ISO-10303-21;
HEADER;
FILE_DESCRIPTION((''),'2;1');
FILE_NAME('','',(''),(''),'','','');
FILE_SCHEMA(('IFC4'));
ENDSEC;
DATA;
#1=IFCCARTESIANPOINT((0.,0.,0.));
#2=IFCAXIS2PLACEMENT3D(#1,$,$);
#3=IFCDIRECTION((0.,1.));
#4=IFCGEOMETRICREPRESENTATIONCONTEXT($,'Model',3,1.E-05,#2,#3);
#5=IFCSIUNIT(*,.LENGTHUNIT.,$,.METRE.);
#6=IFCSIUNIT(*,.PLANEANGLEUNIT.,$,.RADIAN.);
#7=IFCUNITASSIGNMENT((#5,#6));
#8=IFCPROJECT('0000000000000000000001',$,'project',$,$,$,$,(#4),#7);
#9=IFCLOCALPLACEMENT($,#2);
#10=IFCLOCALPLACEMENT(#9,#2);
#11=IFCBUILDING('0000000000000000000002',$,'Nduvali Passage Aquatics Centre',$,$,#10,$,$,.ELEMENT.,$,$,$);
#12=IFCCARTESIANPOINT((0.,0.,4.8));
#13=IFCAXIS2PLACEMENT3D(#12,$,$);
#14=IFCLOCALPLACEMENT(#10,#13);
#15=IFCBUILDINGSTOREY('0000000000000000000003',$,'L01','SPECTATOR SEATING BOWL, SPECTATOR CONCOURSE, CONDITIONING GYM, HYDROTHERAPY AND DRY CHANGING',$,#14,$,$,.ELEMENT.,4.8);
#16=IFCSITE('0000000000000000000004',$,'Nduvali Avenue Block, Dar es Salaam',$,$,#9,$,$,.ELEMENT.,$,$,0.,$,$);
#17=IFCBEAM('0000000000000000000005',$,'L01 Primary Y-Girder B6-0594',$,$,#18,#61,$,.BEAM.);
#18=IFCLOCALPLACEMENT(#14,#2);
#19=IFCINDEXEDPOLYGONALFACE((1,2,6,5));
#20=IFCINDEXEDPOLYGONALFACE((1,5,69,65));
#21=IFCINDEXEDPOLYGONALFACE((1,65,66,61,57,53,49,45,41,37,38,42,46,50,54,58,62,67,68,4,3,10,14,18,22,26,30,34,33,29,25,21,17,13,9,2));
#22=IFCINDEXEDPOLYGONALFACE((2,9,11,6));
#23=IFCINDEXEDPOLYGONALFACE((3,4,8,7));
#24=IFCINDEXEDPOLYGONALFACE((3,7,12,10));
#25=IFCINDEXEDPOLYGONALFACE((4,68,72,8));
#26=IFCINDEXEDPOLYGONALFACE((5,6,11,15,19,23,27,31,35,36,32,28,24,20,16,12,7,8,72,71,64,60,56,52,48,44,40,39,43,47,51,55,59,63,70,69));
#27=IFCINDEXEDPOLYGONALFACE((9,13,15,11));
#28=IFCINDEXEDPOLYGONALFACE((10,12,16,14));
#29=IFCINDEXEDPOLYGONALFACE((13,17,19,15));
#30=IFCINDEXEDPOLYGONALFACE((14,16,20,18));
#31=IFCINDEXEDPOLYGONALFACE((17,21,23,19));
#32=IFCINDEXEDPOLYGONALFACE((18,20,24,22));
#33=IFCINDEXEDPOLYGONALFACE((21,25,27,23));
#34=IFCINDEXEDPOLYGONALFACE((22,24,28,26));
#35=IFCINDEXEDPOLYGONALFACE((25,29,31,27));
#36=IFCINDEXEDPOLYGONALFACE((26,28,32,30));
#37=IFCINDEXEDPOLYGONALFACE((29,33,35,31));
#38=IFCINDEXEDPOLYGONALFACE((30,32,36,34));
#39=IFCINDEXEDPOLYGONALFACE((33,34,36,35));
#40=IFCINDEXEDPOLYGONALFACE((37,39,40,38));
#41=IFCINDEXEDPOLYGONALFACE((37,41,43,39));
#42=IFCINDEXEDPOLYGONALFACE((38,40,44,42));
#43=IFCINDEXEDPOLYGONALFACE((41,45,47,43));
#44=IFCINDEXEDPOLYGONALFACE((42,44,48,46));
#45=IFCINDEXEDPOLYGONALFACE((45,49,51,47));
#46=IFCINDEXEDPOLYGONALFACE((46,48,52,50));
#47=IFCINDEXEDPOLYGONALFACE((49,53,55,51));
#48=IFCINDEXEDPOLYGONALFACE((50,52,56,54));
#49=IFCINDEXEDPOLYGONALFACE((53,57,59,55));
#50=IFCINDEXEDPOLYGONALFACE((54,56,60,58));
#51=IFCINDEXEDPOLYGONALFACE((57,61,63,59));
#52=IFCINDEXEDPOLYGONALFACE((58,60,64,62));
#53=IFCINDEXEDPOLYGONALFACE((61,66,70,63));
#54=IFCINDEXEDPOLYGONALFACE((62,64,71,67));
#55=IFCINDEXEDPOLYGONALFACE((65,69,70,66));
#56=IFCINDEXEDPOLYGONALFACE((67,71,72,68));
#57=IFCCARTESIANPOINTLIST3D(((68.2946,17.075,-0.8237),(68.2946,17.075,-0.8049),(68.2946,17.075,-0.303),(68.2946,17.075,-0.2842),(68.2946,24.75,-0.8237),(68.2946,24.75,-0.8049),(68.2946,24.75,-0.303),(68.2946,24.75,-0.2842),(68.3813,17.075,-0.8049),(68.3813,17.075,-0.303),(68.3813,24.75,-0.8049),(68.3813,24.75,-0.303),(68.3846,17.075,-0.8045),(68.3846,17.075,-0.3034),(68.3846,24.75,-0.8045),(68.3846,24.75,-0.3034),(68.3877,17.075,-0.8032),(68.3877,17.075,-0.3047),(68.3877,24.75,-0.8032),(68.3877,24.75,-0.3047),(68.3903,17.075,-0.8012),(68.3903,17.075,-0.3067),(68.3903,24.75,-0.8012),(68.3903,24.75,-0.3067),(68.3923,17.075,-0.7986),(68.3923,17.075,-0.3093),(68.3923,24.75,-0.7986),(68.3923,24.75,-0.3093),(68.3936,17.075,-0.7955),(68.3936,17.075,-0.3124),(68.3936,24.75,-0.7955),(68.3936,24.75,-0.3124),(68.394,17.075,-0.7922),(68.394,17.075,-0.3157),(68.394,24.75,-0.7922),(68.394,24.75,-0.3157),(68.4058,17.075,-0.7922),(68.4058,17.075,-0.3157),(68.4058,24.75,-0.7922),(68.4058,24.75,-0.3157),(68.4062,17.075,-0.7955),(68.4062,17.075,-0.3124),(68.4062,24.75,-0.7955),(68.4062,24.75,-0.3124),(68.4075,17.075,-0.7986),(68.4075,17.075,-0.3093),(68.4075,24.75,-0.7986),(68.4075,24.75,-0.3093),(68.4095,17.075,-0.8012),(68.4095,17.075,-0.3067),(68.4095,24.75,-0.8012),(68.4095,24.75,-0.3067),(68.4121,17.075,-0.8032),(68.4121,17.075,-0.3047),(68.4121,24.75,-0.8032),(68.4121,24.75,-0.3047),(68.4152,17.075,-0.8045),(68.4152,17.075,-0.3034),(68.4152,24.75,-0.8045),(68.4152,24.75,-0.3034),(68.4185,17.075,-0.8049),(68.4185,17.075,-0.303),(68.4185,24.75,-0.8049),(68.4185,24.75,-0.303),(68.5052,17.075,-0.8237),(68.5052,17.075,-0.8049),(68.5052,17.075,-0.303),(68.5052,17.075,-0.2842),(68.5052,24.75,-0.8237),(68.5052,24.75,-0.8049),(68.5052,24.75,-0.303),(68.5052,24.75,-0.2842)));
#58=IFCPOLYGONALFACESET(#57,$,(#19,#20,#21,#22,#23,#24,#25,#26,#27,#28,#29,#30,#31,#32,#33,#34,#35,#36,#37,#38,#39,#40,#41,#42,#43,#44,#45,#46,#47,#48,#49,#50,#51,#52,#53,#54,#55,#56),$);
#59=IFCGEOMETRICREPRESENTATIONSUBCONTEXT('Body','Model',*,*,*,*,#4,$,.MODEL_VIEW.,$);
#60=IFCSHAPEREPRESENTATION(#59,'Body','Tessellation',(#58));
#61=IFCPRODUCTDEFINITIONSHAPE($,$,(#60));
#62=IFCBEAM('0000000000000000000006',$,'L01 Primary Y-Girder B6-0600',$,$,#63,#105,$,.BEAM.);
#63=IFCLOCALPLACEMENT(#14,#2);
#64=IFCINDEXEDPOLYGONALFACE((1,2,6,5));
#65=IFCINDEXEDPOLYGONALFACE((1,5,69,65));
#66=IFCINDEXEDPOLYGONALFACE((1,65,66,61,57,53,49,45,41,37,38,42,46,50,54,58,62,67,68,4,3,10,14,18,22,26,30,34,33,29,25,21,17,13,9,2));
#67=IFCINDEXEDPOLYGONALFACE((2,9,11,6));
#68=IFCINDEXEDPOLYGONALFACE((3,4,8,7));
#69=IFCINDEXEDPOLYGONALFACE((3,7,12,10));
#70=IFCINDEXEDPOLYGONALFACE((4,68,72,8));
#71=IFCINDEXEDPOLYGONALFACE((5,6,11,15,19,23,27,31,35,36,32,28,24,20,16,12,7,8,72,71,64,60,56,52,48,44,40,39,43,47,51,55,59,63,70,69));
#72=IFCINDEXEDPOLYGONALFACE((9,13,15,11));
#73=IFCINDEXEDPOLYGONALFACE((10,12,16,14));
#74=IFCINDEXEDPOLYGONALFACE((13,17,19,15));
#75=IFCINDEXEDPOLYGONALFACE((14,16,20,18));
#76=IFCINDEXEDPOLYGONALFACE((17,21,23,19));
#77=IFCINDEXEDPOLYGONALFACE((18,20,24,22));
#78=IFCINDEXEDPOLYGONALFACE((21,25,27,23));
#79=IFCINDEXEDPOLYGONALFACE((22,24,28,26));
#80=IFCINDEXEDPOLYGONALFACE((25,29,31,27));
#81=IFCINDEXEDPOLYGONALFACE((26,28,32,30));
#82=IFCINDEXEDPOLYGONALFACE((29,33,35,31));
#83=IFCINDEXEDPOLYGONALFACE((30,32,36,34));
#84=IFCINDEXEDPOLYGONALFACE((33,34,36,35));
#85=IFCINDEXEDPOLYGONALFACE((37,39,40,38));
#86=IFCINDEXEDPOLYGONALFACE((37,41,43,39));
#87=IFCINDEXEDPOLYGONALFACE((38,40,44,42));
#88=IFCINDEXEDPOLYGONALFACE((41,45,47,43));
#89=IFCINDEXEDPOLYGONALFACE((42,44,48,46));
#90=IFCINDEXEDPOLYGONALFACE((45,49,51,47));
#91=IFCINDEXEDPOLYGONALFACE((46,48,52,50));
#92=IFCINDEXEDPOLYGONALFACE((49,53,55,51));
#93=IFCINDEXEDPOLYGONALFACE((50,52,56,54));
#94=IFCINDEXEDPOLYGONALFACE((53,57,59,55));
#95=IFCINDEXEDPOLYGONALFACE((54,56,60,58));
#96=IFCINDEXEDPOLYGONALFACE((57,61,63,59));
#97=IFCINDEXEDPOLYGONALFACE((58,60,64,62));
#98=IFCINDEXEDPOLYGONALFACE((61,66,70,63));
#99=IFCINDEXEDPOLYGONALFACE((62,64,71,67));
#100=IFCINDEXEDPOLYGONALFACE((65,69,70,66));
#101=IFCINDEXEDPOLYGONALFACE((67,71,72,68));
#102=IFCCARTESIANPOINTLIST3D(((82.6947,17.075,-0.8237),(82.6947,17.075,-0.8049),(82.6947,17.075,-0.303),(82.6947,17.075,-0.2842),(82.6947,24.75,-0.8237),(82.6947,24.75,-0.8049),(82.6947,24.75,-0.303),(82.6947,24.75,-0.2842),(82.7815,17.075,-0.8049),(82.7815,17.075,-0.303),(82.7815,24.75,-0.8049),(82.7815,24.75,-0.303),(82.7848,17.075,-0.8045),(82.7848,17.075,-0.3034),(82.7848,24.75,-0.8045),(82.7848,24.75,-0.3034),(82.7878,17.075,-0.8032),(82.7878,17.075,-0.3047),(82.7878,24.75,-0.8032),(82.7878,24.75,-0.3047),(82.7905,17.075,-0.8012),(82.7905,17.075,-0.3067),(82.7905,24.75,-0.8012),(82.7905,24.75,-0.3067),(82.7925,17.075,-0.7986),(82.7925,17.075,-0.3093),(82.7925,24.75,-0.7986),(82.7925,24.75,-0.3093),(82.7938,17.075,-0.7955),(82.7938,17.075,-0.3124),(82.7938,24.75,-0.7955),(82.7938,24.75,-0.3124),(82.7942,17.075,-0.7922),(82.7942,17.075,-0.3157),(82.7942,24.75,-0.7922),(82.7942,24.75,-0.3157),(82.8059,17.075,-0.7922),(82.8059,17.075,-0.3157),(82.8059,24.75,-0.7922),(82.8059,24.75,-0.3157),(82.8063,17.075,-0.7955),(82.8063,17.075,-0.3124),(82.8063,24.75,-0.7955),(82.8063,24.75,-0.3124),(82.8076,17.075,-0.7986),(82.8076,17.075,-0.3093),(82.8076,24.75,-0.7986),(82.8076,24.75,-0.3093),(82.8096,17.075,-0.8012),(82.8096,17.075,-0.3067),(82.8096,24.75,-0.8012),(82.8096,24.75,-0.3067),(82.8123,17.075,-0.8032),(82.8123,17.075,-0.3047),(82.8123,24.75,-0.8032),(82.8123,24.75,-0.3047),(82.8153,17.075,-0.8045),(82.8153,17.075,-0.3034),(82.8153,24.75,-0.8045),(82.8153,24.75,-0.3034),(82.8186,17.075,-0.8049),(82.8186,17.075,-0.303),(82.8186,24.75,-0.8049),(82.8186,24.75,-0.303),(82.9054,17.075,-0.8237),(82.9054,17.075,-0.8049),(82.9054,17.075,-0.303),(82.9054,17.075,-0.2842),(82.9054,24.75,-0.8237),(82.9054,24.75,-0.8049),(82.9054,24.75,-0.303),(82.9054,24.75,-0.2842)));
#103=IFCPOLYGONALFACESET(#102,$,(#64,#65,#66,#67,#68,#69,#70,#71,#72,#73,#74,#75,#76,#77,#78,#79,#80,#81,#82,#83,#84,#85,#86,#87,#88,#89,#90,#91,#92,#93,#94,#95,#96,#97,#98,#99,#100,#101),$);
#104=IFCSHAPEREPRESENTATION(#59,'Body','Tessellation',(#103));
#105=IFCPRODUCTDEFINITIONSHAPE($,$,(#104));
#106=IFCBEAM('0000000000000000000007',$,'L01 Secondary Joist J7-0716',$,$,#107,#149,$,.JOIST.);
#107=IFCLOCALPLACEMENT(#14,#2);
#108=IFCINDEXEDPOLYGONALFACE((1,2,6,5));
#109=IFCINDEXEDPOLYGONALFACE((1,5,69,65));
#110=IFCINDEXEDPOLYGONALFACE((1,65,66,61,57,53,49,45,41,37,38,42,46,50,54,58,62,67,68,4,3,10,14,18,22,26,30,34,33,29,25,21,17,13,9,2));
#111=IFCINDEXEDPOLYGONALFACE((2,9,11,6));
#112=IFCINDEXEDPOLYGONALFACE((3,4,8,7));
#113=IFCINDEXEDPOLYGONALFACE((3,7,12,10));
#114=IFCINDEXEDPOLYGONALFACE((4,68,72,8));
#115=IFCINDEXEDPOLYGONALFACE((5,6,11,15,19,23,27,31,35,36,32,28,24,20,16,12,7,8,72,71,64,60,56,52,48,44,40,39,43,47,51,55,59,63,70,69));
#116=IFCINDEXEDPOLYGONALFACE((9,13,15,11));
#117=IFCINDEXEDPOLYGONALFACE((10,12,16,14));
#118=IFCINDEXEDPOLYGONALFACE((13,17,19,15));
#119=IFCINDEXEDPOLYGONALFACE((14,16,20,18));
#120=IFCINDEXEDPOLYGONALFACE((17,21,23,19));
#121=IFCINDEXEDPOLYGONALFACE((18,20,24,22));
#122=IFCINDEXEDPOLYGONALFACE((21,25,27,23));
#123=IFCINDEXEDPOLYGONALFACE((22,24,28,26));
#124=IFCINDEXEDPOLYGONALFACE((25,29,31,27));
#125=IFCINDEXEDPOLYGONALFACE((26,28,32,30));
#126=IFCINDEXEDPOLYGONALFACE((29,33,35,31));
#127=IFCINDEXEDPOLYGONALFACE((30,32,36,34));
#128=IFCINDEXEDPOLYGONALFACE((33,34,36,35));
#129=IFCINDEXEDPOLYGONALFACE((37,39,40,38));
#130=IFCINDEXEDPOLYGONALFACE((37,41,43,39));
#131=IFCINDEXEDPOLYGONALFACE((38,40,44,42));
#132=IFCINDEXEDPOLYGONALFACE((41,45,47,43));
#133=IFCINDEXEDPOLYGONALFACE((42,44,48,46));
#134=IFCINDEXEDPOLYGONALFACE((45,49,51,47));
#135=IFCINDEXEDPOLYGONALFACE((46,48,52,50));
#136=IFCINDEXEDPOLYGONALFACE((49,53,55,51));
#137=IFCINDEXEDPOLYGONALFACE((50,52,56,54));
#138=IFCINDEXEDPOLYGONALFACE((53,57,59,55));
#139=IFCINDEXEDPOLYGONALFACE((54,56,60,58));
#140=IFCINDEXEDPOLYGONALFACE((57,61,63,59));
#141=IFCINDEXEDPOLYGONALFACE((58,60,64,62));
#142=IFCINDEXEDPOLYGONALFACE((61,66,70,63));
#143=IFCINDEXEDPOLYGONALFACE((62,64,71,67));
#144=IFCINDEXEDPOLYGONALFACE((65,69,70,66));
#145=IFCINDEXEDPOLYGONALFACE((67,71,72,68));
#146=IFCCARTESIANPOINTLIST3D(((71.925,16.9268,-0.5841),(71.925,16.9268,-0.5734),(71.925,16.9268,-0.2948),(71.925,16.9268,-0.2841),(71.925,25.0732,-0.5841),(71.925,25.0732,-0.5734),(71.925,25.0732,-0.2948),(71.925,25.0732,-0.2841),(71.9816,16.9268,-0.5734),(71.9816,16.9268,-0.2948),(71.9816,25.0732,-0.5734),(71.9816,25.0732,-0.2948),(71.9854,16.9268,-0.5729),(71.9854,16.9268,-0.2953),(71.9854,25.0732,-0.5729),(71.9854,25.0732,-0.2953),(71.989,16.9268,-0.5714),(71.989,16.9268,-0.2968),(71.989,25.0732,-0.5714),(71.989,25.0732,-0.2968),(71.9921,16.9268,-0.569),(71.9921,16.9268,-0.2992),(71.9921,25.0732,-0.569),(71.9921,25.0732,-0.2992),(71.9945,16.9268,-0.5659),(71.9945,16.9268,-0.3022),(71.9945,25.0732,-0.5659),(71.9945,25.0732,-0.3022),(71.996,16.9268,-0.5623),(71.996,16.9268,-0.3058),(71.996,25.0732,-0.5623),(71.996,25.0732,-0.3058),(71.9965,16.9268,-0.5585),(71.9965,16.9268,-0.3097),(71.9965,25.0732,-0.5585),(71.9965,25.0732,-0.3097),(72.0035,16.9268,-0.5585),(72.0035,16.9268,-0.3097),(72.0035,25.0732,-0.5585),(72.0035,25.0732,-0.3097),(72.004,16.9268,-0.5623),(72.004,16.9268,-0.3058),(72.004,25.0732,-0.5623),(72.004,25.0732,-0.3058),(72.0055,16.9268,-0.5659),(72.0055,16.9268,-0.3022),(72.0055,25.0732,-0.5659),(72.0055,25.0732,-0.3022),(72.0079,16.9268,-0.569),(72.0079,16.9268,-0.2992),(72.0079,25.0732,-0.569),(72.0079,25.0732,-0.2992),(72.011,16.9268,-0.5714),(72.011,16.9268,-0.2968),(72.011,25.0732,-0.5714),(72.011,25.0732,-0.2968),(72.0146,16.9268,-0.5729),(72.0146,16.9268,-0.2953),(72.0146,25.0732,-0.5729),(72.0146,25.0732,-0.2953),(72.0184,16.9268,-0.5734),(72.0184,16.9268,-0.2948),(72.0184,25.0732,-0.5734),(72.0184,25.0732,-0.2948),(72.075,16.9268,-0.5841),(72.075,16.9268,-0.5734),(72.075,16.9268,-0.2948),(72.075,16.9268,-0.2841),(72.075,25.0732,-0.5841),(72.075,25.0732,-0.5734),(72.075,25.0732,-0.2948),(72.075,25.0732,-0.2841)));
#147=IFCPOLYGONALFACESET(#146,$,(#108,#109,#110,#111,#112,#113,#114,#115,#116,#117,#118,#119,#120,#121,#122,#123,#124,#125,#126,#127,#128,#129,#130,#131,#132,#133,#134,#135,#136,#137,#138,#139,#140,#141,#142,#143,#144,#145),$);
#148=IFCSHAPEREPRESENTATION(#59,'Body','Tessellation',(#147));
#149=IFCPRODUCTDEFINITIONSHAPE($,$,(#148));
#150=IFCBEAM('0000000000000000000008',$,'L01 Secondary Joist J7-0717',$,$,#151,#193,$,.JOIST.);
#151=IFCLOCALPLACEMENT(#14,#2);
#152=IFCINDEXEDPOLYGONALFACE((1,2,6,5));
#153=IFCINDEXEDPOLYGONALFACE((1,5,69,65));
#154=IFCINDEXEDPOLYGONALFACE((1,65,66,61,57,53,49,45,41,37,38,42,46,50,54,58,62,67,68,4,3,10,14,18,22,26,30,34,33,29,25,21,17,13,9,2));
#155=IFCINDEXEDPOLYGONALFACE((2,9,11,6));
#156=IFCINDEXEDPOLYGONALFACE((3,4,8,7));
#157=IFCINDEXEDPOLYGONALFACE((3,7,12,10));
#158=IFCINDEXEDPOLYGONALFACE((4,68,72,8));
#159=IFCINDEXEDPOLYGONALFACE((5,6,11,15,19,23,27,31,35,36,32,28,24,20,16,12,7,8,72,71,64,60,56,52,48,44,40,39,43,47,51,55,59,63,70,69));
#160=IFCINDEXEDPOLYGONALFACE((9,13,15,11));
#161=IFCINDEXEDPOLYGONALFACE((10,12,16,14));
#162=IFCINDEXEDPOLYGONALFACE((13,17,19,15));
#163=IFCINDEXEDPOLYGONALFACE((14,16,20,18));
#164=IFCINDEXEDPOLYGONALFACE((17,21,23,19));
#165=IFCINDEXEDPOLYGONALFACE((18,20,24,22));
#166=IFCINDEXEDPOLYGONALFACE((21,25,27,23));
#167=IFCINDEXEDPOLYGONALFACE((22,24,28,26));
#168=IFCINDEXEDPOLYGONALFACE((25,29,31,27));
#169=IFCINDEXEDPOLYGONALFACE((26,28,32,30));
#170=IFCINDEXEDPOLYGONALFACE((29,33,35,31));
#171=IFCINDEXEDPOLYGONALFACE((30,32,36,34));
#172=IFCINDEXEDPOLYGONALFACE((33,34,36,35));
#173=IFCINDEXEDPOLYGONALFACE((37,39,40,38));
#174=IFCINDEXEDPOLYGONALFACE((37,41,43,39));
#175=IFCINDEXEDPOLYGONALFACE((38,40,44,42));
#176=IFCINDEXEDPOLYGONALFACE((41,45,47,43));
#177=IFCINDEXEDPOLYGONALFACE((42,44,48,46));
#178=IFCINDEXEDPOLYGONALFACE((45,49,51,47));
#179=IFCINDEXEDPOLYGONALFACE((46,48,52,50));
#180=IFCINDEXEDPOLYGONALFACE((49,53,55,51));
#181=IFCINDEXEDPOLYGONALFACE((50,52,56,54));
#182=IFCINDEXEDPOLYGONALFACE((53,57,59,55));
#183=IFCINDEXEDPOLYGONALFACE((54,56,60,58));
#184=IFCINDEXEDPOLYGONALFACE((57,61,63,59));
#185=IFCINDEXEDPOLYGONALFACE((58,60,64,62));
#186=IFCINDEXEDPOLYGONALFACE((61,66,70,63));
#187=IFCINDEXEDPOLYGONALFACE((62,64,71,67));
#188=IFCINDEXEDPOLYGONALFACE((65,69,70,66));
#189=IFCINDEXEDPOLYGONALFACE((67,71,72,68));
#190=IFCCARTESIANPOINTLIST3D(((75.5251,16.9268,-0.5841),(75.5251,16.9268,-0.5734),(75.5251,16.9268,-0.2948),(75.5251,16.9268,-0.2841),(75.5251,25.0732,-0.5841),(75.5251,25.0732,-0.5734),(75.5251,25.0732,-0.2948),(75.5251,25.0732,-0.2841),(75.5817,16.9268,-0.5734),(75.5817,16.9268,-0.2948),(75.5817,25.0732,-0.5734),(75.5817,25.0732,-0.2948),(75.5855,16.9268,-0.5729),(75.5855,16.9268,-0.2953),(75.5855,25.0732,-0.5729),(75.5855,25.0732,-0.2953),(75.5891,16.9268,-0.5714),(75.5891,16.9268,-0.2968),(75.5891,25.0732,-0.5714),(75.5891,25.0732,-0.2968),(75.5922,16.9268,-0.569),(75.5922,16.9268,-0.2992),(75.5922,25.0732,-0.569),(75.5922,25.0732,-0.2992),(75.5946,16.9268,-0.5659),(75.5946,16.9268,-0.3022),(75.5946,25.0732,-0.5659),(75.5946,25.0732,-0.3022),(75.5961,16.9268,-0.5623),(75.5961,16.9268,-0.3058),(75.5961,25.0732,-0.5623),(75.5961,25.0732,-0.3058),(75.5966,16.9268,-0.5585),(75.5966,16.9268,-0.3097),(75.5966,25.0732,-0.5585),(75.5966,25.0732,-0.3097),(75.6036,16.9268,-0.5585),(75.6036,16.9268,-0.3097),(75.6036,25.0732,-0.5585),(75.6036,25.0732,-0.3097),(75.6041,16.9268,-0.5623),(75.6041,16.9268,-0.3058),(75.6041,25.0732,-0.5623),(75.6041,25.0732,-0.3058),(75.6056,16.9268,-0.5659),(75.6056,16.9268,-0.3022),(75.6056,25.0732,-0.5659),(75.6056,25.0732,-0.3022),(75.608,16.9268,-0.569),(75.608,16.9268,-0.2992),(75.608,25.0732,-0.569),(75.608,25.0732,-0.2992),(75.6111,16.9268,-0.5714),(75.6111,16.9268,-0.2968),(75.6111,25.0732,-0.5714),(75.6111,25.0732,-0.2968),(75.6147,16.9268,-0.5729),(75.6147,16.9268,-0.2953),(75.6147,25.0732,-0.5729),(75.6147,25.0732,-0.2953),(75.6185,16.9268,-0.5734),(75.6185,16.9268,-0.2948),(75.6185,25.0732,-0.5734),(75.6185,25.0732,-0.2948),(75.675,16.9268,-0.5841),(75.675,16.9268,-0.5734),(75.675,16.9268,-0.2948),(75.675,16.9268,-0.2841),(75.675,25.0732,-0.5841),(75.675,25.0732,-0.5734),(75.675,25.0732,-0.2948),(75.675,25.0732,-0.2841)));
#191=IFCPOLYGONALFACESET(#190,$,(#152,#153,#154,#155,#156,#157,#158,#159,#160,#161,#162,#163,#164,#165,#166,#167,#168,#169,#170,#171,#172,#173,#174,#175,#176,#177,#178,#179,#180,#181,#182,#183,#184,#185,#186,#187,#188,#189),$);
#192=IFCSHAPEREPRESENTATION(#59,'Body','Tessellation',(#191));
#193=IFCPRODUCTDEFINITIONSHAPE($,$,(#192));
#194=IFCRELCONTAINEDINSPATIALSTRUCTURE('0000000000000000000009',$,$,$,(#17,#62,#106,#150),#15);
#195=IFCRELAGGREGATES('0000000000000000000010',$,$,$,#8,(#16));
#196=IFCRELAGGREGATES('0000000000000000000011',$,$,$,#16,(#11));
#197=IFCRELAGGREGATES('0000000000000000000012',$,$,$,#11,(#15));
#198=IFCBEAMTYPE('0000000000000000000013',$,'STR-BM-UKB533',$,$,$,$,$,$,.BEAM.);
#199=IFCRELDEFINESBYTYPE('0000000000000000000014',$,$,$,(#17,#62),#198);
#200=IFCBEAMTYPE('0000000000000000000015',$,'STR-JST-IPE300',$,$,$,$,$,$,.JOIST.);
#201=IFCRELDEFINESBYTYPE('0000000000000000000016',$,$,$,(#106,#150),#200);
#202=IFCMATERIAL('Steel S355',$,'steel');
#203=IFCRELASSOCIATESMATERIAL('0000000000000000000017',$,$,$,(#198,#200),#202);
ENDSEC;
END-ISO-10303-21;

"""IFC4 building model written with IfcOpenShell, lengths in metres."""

from ifc_helpers import new_model, si_unit, direction, frame, origin, origin_2d, place, context, subcontext, project, spatial, i_section, extrude, material, material_profile, profile_set, type_object, element, save


model = new_model("IFC4")

# Units and contexts
model_context = context("Model", 3, precision=1e-05, world=origin(), true_north=direction((0.0, 1.0)))
body_context = subcontext(model_context, "Body", "Model", "MODEL_VIEW")
ifc_project = project(units=[si_unit("LENGTHUNIT", "METRE"), si_unit("PLANEANGLEUNIT", "RADIAN")], contexts=[model_context])

# Site, building, storey
site_placement = place(None, origin())
site = spatial("IfcSite", under=ifc_project, at=site_placement, Name="Nduvali Avenue Block, Dar es Salaam", CompositionType="ELEMENT", RefElevation=0.0)
building_placement = place(site_placement, origin())
building = spatial("IfcBuilding", under=site, at=building_placement, Name="Nduvali Passage Aquatics Centre", CompositionType="ELEMENT")
storey_placement = place(building_placement, frame((0.0, 0.0, 4.8)))
storey = spatial("IfcBuildingStorey", under=building, at=storey_placement, Name="L01", Description="SPECTATOR SEATING BOWL, SPECTATOR CONCOURSE, CONDITIONING GYM, HYDROTHERAPY AND DRY CHANGING", CompositionType="ELEMENT", Elevation=4.8)

# Shared definitions
ifc_material_1 = material(Name="Steel S355", Category="steel")

# Beams
ifc_material_profile_1 = material_profile(ifc_material_1, i_section(OverallWidth=0.2107, OverallDepth=0.5396, WebThickness=0.0117, FlangeThickness=0.0188, FilletRadius=0.0127, at=origin_2d()), Name="UKB 533x210x109")
ifc_profile_set_1 = profile_set([ifc_material_profile_1], Name="Steel S355")
beam_type_1 = type_object("IfcBeamType", Name="STR-BM-UKB533", PredefinedType="BEAM", material=ifc_profile_set_1)
for number, where, z_axis, x_axis, name in (
    (1, (68.3999, 17.075, -0.554), (0.0, 1.0, 0.0), (-1.0, 0.0, 0.0), "L01 Primary Y-Girder B6-0594"),
    (2, (82.8, 17.075, -0.554), (0.0, 1.0, 0.0), (-1.0, 0.0, 0.0), "L01 Primary Y-Girder B6-0600"),
):
    element("IfcBeam", number, at=place(storey_placement, frame(where, z_axis=z_axis, x_axis=x_axis)), inside=storey, type_object=beam_type_1, Name=name, PredefinedType="BEAM", context=body_context, shape_type="SweptSolid", body=[
        extrude(i_section(OverallWidth=0.2107, OverallDepth=0.5396, WebThickness=0.0117, FlangeThickness=0.0188, FilletRadius=0.0127, at=origin_2d()), origin(), (0.0, 0.0, 1.0), 7.675),
    ])
ifc_material_profile_2 = material_profile(ifc_material_1, i_section(OverallWidth=0.1499, OverallDepth=0.3, WebThickness=0.0071, FlangeThickness=0.0107, FilletRadius=0.0149, at=origin_2d()), Name="IPE 300")
ifc_profile_set_2 = profile_set([ifc_material_profile_2], Name="Steel S355")
beam_type_2 = type_object("IfcBeamType", Name="STR-JST-IPE300", PredefinedType="JOIST", material=ifc_profile_set_2)
for number, where, z_axis, x_axis, name in (
    (3, (72.0, 16.9268, -0.4341), (0.0, 1.0, 0.0), (-1.0, 0.0, 0.0), "L01 Secondary Joist J7-0716"),
    (4, (75.6001, 16.9268, -0.4341), (0.0, 1.0, 0.0), (-1.0, 0.0, 0.0), "L01 Secondary Joist J7-0717"),
):
    element("IfcBeam", number, at=place(storey_placement, frame(where, z_axis=z_axis, x_axis=x_axis)), inside=storey, type_object=beam_type_2, Name=name, PredefinedType="JOIST", context=body_context, shape_type="SweptSolid", body=[
        extrude(i_section(OverallWidth=0.1499, OverallDepth=0.3, WebThickness=0.0071, FlangeThickness=0.0107, FilletRadius=0.0149, at=origin_2d()), origin(), (0.0, 0.0, 1.0), 8.1465),
    ])

save(model, "model.ifc")
